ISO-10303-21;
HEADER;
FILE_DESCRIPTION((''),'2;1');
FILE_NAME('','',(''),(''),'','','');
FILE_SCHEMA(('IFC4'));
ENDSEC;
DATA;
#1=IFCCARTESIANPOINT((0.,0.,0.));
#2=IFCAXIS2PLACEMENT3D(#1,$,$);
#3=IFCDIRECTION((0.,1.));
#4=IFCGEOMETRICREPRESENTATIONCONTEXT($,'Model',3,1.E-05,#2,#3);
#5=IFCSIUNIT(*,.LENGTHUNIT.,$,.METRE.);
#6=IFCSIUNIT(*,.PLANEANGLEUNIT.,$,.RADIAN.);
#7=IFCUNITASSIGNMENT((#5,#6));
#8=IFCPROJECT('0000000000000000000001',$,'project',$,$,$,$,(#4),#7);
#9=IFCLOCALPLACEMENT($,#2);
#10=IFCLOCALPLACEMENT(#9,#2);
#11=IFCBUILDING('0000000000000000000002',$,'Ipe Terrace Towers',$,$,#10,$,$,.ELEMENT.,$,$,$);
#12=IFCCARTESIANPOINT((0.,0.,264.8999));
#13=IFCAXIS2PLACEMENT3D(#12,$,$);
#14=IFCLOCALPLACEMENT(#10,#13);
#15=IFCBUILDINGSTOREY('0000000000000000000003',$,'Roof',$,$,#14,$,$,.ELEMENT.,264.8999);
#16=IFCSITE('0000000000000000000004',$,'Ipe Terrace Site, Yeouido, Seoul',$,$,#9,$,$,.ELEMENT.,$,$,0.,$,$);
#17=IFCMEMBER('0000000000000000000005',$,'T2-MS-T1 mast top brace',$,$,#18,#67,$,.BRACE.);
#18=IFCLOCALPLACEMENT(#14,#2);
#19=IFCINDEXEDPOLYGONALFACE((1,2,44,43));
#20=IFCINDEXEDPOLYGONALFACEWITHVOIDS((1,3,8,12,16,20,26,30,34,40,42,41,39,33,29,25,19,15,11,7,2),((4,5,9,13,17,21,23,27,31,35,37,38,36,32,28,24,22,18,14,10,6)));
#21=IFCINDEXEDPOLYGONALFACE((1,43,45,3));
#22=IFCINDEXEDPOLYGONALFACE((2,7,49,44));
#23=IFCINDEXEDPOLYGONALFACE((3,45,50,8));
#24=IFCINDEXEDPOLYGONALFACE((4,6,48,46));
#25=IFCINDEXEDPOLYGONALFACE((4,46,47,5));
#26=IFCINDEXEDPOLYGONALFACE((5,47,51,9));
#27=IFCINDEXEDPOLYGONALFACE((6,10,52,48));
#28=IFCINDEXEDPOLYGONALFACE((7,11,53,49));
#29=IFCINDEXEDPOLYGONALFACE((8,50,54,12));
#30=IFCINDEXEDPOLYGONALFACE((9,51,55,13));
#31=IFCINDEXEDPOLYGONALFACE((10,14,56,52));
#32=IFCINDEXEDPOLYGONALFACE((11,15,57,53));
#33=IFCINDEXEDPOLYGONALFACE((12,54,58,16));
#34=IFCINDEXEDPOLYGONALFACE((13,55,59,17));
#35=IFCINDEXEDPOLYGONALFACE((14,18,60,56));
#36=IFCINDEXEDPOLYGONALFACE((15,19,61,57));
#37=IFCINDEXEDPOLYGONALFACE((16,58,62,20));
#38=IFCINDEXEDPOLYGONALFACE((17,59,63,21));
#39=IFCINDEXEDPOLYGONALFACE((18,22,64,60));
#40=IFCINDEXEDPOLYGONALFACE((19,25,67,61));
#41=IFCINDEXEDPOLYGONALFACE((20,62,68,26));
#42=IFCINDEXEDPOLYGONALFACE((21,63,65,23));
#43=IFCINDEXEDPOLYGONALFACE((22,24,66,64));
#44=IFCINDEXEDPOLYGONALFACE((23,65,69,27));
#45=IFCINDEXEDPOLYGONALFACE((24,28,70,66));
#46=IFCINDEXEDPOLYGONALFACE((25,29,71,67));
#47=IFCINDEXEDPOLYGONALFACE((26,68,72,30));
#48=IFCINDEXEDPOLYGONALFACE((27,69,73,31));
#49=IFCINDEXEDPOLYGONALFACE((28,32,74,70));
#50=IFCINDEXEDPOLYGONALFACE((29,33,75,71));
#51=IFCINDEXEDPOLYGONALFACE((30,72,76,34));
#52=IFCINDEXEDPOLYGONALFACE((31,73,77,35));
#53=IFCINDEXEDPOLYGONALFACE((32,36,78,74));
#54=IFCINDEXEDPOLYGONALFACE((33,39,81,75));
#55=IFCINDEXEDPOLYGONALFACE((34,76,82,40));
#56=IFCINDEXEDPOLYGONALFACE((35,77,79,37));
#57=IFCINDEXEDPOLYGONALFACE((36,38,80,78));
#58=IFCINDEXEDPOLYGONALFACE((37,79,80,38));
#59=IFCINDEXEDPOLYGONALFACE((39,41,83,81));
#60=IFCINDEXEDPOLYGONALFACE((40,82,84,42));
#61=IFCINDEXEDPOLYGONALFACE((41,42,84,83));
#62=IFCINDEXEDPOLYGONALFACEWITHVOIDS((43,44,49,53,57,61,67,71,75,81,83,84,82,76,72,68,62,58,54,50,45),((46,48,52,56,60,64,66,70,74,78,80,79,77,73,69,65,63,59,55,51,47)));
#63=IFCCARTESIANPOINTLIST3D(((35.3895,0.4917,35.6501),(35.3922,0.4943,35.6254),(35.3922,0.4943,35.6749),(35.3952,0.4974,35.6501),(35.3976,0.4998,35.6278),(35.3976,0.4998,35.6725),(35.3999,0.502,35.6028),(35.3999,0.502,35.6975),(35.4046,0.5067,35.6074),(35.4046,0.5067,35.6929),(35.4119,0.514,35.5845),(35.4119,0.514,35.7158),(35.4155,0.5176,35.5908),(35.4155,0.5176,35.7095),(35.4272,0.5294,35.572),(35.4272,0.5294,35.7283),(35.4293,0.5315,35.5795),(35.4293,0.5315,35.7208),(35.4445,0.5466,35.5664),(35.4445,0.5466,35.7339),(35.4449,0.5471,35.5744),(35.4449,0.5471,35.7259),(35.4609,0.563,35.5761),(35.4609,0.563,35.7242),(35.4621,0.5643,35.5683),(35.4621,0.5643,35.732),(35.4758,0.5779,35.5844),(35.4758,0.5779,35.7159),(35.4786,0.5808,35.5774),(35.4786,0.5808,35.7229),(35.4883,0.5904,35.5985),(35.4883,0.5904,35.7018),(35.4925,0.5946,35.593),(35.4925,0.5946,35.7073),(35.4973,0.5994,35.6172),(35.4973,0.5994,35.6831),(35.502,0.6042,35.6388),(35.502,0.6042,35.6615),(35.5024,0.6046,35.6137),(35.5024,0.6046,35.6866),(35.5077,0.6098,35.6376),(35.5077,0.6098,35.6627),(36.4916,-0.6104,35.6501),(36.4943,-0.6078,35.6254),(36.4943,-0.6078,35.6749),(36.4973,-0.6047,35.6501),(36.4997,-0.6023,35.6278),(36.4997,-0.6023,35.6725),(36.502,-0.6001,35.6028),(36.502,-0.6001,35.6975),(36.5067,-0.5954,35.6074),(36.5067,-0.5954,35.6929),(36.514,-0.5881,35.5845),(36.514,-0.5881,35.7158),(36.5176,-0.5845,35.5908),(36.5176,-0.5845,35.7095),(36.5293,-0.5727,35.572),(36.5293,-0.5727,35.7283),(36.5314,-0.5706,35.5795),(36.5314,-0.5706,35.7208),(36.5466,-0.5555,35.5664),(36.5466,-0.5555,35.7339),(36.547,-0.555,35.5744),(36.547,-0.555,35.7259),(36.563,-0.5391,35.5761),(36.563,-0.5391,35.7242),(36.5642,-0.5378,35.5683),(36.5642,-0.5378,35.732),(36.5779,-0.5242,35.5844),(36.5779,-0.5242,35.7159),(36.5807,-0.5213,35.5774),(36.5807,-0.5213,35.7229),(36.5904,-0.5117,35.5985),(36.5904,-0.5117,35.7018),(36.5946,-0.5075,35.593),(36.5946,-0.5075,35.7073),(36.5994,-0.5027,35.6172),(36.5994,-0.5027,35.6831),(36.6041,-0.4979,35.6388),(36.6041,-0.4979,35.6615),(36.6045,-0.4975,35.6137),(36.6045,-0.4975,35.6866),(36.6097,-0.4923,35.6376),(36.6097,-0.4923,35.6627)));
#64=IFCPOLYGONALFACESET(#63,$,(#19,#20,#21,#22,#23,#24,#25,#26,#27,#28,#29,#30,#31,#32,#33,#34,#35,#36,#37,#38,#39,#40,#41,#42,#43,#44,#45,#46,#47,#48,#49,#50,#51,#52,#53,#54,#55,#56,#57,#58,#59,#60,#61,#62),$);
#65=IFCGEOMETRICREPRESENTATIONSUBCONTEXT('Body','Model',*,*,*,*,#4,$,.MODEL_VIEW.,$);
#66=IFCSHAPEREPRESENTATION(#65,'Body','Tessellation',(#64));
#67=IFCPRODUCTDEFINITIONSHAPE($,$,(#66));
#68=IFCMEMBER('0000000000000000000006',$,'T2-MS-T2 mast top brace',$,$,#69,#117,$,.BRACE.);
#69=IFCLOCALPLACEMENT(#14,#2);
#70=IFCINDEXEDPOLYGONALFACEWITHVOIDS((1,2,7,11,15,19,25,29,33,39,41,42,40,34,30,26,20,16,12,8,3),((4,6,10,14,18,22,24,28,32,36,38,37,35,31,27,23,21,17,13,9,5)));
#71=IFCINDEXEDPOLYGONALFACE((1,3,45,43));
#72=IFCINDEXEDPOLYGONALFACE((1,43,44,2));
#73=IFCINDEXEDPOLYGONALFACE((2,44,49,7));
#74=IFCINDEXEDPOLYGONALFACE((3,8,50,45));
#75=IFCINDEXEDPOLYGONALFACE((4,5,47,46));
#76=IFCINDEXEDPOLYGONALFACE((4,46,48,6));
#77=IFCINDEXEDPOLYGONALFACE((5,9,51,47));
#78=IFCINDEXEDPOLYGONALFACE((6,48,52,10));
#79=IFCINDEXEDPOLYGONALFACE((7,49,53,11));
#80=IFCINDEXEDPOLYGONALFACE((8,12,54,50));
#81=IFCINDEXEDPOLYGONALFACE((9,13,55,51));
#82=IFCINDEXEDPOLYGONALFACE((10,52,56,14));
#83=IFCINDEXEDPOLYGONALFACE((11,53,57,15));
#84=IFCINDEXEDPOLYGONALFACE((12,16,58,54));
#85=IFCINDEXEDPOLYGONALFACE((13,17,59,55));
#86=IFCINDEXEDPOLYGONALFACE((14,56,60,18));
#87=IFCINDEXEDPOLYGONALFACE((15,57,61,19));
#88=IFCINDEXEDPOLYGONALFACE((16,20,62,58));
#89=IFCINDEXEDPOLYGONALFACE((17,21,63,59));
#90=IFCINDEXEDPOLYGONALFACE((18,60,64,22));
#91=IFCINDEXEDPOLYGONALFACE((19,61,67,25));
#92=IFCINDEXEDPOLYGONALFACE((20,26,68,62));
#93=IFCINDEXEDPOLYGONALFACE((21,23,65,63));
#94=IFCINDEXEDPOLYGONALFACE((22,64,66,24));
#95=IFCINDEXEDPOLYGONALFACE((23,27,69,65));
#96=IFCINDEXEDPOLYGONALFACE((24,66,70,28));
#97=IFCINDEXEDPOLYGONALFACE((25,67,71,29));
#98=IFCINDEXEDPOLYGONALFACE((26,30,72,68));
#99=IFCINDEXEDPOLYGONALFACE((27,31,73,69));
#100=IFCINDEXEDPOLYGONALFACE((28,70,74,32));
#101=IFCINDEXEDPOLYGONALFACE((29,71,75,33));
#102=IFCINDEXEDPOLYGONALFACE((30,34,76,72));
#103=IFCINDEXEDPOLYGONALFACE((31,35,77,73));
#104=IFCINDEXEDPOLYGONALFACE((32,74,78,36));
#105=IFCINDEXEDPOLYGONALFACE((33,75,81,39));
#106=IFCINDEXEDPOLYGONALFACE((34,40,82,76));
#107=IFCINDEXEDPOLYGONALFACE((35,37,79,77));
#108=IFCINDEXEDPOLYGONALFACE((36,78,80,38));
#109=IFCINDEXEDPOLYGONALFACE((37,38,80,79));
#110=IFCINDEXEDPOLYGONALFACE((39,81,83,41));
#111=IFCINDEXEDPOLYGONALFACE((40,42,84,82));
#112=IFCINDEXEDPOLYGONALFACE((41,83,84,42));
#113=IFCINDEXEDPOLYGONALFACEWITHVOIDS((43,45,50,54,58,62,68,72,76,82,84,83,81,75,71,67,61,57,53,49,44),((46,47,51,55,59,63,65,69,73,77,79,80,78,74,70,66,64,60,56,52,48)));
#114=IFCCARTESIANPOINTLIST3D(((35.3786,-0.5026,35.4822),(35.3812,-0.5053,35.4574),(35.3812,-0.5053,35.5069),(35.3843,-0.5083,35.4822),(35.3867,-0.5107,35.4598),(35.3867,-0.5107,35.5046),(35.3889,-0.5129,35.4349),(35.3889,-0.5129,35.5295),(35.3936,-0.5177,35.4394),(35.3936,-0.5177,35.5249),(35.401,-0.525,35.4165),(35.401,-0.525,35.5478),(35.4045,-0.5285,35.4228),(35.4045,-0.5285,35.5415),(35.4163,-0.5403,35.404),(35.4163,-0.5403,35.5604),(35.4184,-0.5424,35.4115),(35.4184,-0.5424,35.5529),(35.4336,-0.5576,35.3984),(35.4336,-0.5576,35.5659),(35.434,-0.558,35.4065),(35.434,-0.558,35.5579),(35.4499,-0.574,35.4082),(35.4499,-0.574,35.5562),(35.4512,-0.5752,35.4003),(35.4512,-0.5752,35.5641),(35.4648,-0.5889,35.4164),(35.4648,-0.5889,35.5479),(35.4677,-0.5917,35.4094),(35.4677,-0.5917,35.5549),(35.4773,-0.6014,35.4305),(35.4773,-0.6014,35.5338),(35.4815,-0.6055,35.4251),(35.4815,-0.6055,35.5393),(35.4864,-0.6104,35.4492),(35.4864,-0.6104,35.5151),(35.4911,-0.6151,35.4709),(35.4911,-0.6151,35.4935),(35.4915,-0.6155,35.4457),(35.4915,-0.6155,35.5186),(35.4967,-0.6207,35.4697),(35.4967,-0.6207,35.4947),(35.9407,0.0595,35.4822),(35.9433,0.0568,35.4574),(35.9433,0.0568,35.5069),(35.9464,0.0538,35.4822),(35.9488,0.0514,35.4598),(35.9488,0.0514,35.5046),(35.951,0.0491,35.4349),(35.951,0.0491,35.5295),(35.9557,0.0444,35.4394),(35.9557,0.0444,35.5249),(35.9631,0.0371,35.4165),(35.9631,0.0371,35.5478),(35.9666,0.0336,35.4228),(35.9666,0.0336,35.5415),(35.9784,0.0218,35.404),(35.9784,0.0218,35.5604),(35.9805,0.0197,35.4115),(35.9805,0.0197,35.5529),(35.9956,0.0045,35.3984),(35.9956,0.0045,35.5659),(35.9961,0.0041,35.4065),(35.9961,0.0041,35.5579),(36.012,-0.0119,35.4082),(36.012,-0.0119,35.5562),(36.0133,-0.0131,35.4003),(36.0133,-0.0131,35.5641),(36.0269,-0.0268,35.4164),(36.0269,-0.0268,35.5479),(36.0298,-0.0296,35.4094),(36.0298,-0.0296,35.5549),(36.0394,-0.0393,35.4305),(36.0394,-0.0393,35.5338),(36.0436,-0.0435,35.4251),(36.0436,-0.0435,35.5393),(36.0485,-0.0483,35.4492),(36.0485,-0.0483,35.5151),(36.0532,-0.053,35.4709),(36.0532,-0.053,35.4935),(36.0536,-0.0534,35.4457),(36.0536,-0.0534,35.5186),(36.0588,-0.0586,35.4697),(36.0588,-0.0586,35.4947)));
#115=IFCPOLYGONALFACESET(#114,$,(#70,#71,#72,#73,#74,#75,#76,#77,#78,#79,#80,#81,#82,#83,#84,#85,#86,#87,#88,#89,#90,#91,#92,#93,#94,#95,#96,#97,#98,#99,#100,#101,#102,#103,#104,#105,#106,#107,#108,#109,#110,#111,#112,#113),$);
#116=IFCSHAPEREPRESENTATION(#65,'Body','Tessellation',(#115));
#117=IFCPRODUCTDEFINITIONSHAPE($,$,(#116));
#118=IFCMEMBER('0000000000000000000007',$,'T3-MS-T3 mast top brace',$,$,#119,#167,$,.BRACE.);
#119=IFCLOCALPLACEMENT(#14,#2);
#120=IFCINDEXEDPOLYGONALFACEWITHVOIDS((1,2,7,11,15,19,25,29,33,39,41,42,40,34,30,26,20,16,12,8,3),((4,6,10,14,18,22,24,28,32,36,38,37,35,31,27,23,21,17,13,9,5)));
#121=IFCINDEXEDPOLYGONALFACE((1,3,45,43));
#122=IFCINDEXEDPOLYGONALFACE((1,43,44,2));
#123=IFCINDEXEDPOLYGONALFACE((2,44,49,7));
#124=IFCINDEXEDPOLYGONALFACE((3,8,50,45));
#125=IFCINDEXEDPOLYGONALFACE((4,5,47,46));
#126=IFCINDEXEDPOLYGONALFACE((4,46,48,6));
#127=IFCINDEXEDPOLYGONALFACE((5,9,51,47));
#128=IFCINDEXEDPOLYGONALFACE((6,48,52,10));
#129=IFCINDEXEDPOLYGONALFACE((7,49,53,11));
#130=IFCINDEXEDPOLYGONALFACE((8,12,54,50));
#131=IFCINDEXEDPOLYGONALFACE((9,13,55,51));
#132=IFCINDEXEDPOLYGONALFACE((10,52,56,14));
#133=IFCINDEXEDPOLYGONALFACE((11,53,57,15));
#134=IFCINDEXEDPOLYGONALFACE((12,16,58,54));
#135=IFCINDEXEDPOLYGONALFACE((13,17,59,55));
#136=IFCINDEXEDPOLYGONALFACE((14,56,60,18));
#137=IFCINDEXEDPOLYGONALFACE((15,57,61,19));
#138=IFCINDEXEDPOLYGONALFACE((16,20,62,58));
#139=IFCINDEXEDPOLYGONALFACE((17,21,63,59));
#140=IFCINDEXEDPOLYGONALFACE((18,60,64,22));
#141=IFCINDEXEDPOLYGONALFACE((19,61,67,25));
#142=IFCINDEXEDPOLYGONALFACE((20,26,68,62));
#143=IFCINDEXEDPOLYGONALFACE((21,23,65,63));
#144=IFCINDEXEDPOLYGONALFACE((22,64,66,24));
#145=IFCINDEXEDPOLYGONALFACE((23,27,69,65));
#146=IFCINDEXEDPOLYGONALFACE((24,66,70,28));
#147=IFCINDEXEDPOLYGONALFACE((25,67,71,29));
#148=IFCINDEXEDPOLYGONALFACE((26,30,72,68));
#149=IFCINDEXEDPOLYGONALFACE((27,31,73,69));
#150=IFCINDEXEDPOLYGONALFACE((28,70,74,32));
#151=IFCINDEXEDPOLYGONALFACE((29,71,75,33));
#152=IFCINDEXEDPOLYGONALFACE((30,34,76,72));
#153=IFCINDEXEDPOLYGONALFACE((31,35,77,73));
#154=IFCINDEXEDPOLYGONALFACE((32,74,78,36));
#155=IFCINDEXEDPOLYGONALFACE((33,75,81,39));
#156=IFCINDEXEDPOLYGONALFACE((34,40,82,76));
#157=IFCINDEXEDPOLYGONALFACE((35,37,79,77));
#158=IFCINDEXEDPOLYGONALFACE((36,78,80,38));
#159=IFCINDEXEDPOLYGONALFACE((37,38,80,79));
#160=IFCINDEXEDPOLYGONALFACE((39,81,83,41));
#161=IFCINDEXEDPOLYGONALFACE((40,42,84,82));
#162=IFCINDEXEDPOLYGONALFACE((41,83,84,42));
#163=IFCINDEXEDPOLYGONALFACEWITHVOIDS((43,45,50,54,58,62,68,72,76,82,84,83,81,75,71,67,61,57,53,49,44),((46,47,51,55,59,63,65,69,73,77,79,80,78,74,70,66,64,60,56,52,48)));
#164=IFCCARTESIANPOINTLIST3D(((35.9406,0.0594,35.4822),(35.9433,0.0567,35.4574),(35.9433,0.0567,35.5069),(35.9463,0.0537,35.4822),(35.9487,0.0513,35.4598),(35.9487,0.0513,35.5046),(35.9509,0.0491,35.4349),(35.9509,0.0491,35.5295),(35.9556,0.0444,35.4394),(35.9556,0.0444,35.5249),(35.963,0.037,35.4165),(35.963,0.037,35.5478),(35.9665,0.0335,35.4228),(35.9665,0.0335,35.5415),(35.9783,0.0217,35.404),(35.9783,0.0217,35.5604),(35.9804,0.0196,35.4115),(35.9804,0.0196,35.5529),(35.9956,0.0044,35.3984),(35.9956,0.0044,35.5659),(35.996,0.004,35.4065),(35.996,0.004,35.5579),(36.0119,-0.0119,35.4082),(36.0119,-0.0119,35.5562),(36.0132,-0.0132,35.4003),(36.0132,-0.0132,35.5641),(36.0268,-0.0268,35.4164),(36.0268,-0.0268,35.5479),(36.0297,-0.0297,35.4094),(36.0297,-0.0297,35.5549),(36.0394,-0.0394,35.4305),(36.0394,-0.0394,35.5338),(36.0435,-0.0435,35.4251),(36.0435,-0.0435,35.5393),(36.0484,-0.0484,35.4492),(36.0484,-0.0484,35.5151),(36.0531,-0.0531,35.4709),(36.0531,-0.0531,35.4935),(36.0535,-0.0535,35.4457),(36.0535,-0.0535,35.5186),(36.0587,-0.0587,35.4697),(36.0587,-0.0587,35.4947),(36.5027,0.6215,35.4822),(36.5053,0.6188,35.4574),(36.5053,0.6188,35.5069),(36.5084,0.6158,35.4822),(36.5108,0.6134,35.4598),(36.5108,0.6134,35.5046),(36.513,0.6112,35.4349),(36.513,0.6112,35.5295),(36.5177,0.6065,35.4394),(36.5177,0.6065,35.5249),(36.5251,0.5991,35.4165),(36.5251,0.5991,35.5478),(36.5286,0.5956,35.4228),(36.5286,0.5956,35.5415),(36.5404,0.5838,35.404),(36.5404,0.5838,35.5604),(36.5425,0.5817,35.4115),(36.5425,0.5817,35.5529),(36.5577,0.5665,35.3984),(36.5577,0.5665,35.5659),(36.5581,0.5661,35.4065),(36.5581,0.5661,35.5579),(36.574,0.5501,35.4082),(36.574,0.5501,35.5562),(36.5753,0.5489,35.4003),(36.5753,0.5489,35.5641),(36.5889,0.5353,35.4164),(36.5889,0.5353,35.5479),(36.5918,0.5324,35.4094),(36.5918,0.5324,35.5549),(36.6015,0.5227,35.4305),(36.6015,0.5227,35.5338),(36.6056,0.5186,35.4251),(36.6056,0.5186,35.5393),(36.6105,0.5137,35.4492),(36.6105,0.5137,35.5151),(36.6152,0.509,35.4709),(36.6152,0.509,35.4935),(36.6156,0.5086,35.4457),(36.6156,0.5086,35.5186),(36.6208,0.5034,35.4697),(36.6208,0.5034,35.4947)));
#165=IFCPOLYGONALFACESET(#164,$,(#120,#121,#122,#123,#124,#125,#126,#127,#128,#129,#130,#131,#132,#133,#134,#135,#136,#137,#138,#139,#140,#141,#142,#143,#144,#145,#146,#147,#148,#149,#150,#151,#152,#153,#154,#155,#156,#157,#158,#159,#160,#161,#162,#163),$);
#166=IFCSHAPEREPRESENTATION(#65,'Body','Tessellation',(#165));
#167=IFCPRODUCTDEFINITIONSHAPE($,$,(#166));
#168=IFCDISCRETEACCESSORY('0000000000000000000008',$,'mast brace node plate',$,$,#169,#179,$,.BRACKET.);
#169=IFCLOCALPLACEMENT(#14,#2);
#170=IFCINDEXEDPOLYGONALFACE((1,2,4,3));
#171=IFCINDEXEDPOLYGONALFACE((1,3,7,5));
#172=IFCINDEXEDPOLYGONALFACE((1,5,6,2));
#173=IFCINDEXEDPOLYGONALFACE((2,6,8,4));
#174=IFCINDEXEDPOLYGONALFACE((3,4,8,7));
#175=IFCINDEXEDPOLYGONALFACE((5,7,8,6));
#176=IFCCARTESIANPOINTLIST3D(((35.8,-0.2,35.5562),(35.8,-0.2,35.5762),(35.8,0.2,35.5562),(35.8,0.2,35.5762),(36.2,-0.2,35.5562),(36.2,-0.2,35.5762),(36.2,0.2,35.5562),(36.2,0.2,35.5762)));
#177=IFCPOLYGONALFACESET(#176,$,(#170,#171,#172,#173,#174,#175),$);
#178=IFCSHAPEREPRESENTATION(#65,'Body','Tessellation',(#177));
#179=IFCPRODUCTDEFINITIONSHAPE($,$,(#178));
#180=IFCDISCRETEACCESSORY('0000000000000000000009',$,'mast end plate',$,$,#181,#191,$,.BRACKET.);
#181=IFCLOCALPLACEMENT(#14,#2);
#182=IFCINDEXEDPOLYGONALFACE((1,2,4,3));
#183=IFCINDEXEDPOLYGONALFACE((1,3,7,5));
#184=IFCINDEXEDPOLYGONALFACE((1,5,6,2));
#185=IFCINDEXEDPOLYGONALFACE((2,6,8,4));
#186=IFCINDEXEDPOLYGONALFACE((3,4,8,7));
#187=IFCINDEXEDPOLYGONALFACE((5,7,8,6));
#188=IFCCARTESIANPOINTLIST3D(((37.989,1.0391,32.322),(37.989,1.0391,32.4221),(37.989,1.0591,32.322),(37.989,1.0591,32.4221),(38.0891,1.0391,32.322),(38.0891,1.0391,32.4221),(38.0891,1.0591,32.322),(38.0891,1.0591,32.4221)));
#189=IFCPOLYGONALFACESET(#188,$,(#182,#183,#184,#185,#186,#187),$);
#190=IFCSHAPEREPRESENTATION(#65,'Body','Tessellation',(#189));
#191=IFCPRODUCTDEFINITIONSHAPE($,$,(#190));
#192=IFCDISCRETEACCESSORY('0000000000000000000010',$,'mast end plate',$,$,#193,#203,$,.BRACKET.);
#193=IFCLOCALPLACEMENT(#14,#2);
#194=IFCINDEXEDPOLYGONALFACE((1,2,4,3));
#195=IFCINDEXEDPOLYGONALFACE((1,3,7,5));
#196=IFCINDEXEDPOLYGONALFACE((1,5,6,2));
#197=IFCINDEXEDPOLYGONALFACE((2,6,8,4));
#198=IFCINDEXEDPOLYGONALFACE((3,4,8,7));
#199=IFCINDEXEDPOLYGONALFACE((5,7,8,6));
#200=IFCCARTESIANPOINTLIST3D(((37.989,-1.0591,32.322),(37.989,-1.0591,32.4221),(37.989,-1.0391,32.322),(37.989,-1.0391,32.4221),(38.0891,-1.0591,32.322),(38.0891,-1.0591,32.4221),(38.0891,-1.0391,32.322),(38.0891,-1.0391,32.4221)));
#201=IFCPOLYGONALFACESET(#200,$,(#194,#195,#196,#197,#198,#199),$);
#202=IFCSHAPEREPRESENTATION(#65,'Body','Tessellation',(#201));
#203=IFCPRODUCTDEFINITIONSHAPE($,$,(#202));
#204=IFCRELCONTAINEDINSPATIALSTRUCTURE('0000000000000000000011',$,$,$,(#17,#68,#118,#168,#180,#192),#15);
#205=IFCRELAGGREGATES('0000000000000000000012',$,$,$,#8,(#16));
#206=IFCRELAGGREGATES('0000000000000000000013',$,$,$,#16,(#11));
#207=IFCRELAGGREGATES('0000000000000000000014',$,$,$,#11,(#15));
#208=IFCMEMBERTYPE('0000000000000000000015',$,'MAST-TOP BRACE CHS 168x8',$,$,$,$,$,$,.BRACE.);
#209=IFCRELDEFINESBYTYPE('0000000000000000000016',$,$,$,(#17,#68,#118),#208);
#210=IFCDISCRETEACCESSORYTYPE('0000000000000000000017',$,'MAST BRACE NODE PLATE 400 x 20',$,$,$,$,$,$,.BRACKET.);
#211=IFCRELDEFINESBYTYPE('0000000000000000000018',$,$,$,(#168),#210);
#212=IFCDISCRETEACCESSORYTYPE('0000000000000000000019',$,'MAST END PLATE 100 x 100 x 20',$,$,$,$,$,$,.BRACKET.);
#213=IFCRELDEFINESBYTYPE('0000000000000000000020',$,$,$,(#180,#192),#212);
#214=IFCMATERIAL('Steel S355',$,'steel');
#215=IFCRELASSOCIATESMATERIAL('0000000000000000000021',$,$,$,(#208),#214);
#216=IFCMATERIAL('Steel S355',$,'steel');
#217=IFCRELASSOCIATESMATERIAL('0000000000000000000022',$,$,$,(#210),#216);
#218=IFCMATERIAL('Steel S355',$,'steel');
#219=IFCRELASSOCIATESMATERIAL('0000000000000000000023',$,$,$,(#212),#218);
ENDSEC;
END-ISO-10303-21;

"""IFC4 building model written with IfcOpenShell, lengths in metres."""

from ifc_helpers import new_model, si_unit, direction, frame, origin, origin_2d, place, context, subcontext, project, spatial, rectangle, hollow_circle, extrude, material, material_profile, profile_set, type_object, element, save


model = new_model("IFC4")

# Units and contexts
model_context = context("Model", 3, precision=1e-05, world=origin(), true_north=direction((0.0, 1.0)))
body_context = subcontext(model_context, "Body", "Model", "MODEL_VIEW")
ifc_project = project(units=[si_unit("LENGTHUNIT", "METRE"), si_unit("PLANEANGLEUNIT", "RADIAN")], contexts=[model_context])

# Site, building, storey
site_placement = place(None, origin())
site = spatial("IfcSite", under=ifc_project, at=site_placement, Name="Ipe Terrace Site, Yeouido, Seoul", CompositionType="ELEMENT", RefElevation=0.0)
building_placement = place(site_placement, origin())
building = spatial("IfcBuilding", under=site, at=building_placement, Name="Ipe Terrace Towers", CompositionType="ELEMENT")
storey_placement = place(building_placement, frame((0.0, 0.0, 264.8999)))
storey = spatial("IfcBuildingStorey", under=building, at=storey_placement, Name="Roof", CompositionType="ELEMENT", Elevation=264.8999)

# Members
ifc_material_1 = material(Name="Steel S355", Category="steel")
ifc_material_profile_1 = material_profile(ifc_material_1, hollow_circle(Radius=0.084, WallThickness=0.0081, at=origin_2d()), Name="MAST-TOP BRACE CHS 168x8")
ifc_profile_set_1 = profile_set([ifc_material_profile_1], Name="Steel S355")
member_type_1 = type_object("IfcMemberType", Name="MAST-TOP BRACE CHS 168x8", PredefinedType="BRACE", material=ifc_profile_set_1)
member_1_placement = place(storey_placement, frame((36.551, -0.551, 35.6501), z_axis=(-0.707107, 0.707107, 0.0), x_axis=(-0.707107, -0.707107, 0.0)))
element("IfcMember", 1, at=member_1_placement, inside=storey, type_object=member_type_1, Name="T2-MS-T1 mast top brace", PredefinedType="BRACE", context=body_context, shape_type="SweptSolid", body=[
    extrude(hollow_circle(Radius=0.084, WallThickness=0.0081, at=origin_2d()), origin(), (0.0, 0.0, 1.0), 1.5586),
])
for number, where, z_axis, x_axis, name in (
    (2, (35.438, -0.562, 35.4822), (0.707107, 0.707107, 0.0), (-0.707107, 0.707107, 0.0), "T2-MS-T2 mast top brace"),
    (3, (36.0, 0.0, 35.4822), (0.707107, 0.707107, 0.0), (-0.707107, 0.707107, 0.0), "T3-MS-T3 mast top brace"),
):
    element("IfcMember", number, at=place(storey_placement, frame(where, z_axis=z_axis, x_axis=x_axis)), inside=storey, type_object=member_type_1, Name=name, PredefinedType="BRACE", context=body_context, shape_type="SweptSolid", body=[
        extrude(hollow_circle(Radius=0.084, WallThickness=0.0081, at=origin_2d()), origin(), (0.0, 0.0, 1.0), 0.7949),
    ])

# Discrete accessories
ifc_material_2 = material(Name="Steel S355", Category="steel")
discrete_accessory_type_1 = type_object("IfcDiscreteAccessoryType", Name="MAST BRACE NODE PLATE 400 x 20", PredefinedType="BRACKET", material=ifc_material_2)
discrete_accessory_1_placement = place(storey_placement, frame((36.0, 0.0, 35.5562), z_axis=(0.0, 0.0, 1.0), x_axis=(1.0, 0.0, 0.0)))
element("IfcDiscreteAccessory", 4, at=discrete_accessory_1_placement, inside=storey, type_object=discrete_accessory_type_1, Name="mast brace node plate", PredefinedType="BRACKET", context=body_context, shape_type="SweptSolid", body=[
    extrude(rectangle(XDim=0.3999, YDim=0.3999, at=origin_2d()), origin(), (0.0, 0.0, 1.0), 0.02),
])
ifc_material_3 = material(Name="Steel S355", Category="steel")
ifc_material_profile_2 = material_profile(ifc_material_3, rectangle(XDim=0.1001, YDim=0.1001, at=origin_2d()), Name="MAST END PLATE 100 x 100 x 20")
ifc_profile_set_2 = profile_set([ifc_material_profile_2], Name="Steel S355")
discrete_accessory_type_2 = type_object("IfcDiscreteAccessoryType", Name="MAST END PLATE 100 x 100 x 20", PredefinedType="BRACKET", material=ifc_profile_set_2)
for number, where, z_axis, x_axis, name in (
    (5, (38.0391, 1.0391, 32.3721), (0.0, 1.0, 0.0), (-1.0, 0.0, 0.0), "mast end plate"),
    (6, (38.0391, -1.0391, 32.3721), (0.0, -1.0, 0.0), (1.0, 0.0, 0.0), "mast end plate"),
):
    element("IfcDiscreteAccessory", number, at=place(storey_placement, frame(where, z_axis=z_axis, x_axis=x_axis)), inside=storey, type_object=discrete_accessory_type_2, Name=name, PredefinedType="BRACKET", context=body_context, shape_type="SweptSolid", body=[
        extrude(rectangle(XDim=0.1001, YDim=0.1001, at=origin_2d()), origin(), (0.0, 0.0, 1.0), 0.02),
    ])

save(model, "model.ifc")
